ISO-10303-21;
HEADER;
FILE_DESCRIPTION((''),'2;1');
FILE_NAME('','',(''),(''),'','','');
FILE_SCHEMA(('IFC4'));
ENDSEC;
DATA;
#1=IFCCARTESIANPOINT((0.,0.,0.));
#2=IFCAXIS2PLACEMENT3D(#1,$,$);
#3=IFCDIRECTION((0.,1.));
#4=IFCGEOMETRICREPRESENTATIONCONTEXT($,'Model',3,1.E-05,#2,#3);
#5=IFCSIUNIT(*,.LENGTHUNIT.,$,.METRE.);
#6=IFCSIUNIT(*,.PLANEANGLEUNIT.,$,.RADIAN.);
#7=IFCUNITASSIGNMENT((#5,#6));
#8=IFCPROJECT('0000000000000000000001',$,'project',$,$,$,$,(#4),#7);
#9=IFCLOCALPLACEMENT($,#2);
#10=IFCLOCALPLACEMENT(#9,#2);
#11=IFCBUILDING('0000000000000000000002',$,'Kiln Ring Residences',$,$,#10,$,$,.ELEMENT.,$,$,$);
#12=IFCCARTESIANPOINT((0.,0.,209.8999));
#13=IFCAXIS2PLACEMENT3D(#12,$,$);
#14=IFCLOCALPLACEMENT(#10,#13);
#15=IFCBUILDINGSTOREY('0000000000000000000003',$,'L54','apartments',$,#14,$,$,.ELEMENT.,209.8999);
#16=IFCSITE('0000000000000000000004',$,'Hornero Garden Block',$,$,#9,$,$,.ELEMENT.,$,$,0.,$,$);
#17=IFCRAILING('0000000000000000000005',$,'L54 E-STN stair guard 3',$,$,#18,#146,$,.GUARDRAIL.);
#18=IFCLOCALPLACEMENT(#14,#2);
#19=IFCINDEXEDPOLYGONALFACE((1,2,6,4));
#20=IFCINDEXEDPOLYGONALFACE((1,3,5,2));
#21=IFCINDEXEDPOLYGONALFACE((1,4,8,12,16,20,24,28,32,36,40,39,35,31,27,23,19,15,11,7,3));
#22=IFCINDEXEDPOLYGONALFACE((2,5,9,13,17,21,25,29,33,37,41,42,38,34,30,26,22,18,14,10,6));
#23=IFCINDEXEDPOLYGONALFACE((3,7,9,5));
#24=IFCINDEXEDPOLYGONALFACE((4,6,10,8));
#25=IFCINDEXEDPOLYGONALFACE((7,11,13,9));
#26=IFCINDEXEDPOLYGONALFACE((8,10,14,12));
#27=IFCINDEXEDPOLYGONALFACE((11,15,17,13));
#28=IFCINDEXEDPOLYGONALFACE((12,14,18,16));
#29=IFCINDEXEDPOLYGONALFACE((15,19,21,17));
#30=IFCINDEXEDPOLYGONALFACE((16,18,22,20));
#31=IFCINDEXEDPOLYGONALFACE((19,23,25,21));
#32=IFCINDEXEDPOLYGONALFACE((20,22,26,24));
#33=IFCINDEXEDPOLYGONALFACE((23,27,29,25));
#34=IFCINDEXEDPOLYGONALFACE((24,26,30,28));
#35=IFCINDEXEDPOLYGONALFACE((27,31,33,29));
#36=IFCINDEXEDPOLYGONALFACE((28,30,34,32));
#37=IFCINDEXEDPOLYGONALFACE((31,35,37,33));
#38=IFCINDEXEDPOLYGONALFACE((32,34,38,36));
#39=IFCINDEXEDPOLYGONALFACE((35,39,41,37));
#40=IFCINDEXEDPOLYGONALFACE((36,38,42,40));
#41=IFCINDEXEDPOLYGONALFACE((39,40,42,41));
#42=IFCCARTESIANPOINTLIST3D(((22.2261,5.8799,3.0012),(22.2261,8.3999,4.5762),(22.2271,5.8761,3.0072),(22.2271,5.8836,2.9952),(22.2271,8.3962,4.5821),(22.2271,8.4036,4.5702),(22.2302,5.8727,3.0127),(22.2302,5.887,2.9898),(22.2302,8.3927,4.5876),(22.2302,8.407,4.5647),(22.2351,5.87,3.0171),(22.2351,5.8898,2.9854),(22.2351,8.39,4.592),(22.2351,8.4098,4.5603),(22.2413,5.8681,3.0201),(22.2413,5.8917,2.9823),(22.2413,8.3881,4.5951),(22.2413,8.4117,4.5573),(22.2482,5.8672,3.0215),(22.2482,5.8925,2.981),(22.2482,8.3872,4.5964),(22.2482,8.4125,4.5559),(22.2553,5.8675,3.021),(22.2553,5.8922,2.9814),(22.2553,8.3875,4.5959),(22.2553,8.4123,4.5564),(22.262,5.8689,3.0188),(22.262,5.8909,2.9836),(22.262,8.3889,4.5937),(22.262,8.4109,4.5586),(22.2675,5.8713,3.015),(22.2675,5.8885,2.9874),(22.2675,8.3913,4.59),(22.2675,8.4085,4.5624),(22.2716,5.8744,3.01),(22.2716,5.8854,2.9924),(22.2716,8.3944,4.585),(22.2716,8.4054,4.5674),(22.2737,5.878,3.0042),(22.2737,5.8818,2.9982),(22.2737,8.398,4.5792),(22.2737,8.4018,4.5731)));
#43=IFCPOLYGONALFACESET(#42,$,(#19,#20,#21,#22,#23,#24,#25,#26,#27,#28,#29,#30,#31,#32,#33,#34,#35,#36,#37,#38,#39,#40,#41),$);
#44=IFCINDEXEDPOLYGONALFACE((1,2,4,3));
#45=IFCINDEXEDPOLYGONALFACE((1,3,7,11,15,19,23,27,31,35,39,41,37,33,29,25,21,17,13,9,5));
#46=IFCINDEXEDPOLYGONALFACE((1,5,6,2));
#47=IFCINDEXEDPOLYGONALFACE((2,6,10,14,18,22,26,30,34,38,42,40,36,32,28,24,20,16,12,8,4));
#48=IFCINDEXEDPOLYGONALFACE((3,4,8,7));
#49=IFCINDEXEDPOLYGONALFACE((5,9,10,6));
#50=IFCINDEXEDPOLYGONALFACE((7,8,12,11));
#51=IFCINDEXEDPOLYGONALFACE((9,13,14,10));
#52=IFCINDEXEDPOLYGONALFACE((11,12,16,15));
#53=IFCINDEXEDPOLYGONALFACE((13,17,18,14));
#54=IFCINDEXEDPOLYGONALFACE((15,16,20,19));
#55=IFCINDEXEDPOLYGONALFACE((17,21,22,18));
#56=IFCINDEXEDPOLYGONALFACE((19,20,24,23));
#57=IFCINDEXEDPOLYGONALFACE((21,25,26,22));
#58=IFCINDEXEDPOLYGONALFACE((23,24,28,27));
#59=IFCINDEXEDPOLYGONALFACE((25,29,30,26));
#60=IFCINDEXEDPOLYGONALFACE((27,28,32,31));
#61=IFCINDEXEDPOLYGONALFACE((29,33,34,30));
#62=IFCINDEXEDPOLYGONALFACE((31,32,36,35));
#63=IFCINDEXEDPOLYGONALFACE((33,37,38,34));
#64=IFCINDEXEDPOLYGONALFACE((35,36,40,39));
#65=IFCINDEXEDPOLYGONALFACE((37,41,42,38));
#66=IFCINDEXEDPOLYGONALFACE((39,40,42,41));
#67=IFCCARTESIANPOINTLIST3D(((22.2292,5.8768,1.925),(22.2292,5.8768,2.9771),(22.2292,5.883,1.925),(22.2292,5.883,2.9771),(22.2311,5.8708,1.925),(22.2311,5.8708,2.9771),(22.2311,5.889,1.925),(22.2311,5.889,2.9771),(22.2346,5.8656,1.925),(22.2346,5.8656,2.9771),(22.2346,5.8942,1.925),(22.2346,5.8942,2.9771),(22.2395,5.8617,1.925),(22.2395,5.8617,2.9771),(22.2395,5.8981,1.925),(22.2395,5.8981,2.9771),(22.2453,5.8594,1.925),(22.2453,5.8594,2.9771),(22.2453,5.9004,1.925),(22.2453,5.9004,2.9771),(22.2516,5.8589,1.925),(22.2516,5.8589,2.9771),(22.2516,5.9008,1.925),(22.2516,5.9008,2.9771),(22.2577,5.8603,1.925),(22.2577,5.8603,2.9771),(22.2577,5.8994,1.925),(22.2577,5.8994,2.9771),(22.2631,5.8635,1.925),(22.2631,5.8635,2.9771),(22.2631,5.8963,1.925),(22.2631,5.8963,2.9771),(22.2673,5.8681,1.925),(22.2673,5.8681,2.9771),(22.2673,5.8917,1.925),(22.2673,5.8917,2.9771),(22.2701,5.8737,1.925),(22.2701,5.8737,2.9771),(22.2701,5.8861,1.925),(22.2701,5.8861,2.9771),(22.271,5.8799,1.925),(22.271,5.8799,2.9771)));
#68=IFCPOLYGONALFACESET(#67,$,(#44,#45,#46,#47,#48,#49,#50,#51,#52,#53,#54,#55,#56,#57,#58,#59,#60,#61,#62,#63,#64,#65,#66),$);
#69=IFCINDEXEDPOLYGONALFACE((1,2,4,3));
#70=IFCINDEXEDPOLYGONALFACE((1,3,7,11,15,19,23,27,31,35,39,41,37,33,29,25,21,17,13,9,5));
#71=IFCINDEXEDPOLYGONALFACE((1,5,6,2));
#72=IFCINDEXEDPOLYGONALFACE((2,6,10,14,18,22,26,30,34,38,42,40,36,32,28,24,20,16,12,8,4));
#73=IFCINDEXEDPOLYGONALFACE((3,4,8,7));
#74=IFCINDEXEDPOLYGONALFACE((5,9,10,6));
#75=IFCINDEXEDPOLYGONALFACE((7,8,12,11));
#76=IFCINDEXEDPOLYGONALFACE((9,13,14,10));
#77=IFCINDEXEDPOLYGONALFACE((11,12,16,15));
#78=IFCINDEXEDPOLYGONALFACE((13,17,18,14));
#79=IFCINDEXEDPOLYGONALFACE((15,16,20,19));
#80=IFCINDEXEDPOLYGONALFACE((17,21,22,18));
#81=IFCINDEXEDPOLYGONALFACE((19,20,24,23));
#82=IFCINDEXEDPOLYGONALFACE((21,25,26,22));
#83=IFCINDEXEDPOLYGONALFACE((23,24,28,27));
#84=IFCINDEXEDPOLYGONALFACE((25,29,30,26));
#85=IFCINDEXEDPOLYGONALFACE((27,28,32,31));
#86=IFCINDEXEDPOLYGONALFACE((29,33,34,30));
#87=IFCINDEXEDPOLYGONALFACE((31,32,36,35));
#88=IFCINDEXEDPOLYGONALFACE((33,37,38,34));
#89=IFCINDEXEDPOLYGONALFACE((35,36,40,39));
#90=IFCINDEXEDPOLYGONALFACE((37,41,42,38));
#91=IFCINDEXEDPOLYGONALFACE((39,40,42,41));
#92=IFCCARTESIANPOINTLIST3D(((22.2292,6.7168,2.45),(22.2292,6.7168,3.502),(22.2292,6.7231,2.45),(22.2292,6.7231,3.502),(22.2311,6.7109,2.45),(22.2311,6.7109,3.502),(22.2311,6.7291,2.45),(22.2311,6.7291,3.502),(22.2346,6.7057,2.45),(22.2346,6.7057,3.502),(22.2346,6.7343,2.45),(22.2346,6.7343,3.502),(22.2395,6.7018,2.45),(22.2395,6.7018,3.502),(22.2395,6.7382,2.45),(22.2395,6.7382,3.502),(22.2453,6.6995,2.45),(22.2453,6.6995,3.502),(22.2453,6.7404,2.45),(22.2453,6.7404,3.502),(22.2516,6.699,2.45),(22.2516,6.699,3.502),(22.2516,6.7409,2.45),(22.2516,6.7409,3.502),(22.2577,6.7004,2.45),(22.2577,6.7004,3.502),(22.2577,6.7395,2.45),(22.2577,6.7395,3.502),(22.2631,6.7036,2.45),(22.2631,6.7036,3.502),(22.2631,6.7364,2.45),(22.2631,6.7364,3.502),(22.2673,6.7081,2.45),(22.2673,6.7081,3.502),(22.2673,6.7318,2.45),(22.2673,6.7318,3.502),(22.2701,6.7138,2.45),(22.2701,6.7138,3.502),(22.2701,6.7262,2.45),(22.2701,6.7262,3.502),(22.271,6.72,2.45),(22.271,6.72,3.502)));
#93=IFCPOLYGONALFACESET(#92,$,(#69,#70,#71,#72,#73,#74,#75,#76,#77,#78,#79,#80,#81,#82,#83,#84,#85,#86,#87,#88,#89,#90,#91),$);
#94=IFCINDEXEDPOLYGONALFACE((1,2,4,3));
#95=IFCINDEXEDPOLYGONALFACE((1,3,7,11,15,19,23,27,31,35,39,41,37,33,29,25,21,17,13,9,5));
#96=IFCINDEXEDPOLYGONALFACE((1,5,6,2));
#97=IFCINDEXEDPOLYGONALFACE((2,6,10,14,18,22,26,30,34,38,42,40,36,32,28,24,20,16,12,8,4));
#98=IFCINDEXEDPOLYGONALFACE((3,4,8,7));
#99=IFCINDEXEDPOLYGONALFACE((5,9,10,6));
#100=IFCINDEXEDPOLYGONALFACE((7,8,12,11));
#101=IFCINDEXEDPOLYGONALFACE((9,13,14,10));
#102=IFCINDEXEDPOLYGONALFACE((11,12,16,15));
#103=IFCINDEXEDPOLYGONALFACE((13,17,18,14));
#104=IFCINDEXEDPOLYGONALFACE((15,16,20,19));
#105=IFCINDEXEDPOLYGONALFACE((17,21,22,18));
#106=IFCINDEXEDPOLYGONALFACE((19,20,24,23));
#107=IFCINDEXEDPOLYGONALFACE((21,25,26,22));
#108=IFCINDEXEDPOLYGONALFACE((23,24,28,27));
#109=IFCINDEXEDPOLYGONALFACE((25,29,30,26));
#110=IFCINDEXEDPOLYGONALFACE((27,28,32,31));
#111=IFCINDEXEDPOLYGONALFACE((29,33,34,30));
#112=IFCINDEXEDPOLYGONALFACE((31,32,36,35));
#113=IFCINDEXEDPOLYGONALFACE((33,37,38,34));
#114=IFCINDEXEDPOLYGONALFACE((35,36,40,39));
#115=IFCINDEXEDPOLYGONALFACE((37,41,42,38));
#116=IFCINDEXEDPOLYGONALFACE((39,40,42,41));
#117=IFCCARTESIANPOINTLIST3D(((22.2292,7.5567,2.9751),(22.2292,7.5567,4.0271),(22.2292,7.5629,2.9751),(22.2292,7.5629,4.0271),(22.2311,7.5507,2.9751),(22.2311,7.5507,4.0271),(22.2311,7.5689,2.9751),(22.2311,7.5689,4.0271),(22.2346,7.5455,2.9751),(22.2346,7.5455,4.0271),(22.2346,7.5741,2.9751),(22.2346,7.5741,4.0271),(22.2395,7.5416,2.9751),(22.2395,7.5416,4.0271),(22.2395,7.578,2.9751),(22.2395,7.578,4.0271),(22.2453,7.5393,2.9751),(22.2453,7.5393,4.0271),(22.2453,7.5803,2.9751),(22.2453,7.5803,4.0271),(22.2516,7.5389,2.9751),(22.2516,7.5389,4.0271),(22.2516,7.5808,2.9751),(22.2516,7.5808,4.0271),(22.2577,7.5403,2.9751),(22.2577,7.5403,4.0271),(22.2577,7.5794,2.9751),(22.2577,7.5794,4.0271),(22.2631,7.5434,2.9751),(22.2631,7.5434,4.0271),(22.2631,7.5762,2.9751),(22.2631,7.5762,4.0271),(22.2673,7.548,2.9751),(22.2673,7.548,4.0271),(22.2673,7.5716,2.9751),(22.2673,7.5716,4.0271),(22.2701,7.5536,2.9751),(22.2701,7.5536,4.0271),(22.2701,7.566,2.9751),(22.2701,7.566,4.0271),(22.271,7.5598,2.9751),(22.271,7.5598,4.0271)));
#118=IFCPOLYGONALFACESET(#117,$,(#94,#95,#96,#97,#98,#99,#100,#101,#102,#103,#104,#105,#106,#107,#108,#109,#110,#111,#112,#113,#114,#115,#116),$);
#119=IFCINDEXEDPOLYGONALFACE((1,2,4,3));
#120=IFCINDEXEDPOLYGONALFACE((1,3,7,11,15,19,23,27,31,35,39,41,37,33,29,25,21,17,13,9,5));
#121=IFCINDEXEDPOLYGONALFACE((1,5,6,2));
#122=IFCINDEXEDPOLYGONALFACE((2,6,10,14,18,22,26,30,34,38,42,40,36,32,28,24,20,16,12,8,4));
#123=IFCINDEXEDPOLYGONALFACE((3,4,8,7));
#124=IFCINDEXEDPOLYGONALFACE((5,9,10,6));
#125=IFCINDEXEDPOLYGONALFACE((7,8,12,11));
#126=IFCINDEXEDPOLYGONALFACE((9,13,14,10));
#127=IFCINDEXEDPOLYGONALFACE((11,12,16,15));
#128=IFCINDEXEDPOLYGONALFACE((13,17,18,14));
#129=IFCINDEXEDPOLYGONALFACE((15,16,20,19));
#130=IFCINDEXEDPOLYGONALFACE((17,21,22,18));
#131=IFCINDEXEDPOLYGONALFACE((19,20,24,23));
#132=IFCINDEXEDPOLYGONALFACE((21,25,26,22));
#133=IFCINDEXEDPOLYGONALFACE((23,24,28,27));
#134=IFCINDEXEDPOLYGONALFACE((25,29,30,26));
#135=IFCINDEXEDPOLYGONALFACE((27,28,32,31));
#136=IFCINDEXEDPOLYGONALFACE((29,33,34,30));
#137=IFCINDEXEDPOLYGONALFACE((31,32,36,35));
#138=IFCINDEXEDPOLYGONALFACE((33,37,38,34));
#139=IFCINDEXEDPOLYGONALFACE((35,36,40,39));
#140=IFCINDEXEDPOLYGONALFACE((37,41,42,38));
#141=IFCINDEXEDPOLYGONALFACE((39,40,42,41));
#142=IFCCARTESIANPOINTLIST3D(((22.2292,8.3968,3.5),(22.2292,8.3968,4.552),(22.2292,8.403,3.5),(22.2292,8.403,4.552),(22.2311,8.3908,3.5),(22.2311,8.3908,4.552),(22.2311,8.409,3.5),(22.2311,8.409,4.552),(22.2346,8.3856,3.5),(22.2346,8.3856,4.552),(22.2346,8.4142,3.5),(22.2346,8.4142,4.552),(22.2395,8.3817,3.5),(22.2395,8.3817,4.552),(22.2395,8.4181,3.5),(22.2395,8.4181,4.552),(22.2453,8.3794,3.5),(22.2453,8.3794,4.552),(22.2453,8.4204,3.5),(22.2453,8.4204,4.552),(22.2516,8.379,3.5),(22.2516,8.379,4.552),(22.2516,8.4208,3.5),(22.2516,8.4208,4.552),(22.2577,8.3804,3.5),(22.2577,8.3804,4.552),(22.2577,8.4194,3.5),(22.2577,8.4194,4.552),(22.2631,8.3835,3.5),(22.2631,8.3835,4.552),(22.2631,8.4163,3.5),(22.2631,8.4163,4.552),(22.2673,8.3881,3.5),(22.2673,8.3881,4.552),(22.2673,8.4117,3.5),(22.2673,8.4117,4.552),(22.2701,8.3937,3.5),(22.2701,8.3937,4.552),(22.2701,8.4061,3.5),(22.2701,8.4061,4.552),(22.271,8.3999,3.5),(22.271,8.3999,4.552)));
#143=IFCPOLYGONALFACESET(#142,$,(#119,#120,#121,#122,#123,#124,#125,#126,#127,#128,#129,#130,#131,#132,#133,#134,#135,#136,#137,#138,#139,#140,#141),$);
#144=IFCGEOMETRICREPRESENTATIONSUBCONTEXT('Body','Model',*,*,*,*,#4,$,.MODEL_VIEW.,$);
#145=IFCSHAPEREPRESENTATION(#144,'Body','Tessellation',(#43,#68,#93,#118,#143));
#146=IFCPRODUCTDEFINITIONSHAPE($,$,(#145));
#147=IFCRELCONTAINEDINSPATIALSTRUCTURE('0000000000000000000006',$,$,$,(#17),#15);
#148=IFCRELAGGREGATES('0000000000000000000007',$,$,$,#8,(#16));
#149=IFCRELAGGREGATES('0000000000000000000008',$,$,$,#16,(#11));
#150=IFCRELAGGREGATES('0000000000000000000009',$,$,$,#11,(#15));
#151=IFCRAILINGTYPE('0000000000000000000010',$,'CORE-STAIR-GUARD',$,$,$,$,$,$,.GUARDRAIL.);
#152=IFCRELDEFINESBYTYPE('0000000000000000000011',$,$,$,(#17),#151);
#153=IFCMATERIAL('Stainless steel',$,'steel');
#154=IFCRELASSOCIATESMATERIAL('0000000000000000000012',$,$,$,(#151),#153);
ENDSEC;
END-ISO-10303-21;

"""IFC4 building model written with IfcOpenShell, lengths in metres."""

from ifc_helpers import new_model, si_unit, direction, frame, origin, origin_2d, place, context, subcontext, project, spatial, circle, extrude, material, type_object, element, save


model = new_model("IFC4")

# Units and contexts
model_context = context("Model", 3, precision=1e-05, world=origin(), true_north=direction((0.0, 1.0)))
body_context = subcontext(model_context, "Body", "Model", "MODEL_VIEW")
ifc_project = project(units=[si_unit("LENGTHUNIT", "METRE"), si_unit("PLANEANGLEUNIT", "RADIAN")], contexts=[model_context])

# Site, building, storey
site_placement = place(None, origin())
site = spatial("IfcSite", under=ifc_project, at=site_placement, Name="Hornero Garden Block", CompositionType="ELEMENT", RefElevation=0.0)
building_placement = place(site_placement, origin())
building = spatial("IfcBuilding", under=site, at=building_placement, Name="Kiln Ring Residences", CompositionType="ELEMENT")
storey_placement = place(building_placement, frame((0.0, 0.0, 209.8999)))
storey = spatial("IfcBuildingStorey", under=building, at=storey_placement, Name="L54", Description="apartments", CompositionType="ELEMENT", Elevation=209.8999)

# Railing
ifc_material_1 = material(Name="Stainless steel", Category="steel")
railing_type_1 = type_object("IfcRailingType", Name="CORE-STAIR-GUARD", PredefinedType="GUARDRAIL", material=ifc_material_1)
railing_1_placement = place(storey_placement, frame((22.25, 5.8799, 1.925)))
element("IfcRailing", 1, at=railing_1_placement, inside=storey, type_object=railing_type_1, Name="L54 E-STN stair guard 3", PredefinedType="GUARDRAIL", context=body_context, shape_type="SweptSolid", body=[
    extrude(circle(Radius=0.0239, at=origin_2d()), frame((0.0, 0.0, 1.0762), z_axis=(0.0, 0.848008, 0.529984), x_axis=(-1.0, 0.0, 0.0)), (0.0, 0.0, 1.0), 2.9717),
    extrude(circle(Radius=0.021, at=origin_2d()), origin(), (0.0, 0.0, 1.0), 1.052),
    extrude(circle(Radius=0.021, at=origin_2d()), frame((0.0, 0.8401, 0.5249)), (0.0, 0.0, 1.0), 1.052),
    extrude(circle(Radius=0.021, at=origin_2d()), frame((0.0, 1.6799, 1.05)), (0.0, 0.0, 1.0), 1.052),
    extrude(circle(Radius=0.021, at=origin_2d()), frame((0.0, 2.52, 1.575)), (0.0, 0.0, 1.0), 1.052),
])

save(model, "model.ifc")
